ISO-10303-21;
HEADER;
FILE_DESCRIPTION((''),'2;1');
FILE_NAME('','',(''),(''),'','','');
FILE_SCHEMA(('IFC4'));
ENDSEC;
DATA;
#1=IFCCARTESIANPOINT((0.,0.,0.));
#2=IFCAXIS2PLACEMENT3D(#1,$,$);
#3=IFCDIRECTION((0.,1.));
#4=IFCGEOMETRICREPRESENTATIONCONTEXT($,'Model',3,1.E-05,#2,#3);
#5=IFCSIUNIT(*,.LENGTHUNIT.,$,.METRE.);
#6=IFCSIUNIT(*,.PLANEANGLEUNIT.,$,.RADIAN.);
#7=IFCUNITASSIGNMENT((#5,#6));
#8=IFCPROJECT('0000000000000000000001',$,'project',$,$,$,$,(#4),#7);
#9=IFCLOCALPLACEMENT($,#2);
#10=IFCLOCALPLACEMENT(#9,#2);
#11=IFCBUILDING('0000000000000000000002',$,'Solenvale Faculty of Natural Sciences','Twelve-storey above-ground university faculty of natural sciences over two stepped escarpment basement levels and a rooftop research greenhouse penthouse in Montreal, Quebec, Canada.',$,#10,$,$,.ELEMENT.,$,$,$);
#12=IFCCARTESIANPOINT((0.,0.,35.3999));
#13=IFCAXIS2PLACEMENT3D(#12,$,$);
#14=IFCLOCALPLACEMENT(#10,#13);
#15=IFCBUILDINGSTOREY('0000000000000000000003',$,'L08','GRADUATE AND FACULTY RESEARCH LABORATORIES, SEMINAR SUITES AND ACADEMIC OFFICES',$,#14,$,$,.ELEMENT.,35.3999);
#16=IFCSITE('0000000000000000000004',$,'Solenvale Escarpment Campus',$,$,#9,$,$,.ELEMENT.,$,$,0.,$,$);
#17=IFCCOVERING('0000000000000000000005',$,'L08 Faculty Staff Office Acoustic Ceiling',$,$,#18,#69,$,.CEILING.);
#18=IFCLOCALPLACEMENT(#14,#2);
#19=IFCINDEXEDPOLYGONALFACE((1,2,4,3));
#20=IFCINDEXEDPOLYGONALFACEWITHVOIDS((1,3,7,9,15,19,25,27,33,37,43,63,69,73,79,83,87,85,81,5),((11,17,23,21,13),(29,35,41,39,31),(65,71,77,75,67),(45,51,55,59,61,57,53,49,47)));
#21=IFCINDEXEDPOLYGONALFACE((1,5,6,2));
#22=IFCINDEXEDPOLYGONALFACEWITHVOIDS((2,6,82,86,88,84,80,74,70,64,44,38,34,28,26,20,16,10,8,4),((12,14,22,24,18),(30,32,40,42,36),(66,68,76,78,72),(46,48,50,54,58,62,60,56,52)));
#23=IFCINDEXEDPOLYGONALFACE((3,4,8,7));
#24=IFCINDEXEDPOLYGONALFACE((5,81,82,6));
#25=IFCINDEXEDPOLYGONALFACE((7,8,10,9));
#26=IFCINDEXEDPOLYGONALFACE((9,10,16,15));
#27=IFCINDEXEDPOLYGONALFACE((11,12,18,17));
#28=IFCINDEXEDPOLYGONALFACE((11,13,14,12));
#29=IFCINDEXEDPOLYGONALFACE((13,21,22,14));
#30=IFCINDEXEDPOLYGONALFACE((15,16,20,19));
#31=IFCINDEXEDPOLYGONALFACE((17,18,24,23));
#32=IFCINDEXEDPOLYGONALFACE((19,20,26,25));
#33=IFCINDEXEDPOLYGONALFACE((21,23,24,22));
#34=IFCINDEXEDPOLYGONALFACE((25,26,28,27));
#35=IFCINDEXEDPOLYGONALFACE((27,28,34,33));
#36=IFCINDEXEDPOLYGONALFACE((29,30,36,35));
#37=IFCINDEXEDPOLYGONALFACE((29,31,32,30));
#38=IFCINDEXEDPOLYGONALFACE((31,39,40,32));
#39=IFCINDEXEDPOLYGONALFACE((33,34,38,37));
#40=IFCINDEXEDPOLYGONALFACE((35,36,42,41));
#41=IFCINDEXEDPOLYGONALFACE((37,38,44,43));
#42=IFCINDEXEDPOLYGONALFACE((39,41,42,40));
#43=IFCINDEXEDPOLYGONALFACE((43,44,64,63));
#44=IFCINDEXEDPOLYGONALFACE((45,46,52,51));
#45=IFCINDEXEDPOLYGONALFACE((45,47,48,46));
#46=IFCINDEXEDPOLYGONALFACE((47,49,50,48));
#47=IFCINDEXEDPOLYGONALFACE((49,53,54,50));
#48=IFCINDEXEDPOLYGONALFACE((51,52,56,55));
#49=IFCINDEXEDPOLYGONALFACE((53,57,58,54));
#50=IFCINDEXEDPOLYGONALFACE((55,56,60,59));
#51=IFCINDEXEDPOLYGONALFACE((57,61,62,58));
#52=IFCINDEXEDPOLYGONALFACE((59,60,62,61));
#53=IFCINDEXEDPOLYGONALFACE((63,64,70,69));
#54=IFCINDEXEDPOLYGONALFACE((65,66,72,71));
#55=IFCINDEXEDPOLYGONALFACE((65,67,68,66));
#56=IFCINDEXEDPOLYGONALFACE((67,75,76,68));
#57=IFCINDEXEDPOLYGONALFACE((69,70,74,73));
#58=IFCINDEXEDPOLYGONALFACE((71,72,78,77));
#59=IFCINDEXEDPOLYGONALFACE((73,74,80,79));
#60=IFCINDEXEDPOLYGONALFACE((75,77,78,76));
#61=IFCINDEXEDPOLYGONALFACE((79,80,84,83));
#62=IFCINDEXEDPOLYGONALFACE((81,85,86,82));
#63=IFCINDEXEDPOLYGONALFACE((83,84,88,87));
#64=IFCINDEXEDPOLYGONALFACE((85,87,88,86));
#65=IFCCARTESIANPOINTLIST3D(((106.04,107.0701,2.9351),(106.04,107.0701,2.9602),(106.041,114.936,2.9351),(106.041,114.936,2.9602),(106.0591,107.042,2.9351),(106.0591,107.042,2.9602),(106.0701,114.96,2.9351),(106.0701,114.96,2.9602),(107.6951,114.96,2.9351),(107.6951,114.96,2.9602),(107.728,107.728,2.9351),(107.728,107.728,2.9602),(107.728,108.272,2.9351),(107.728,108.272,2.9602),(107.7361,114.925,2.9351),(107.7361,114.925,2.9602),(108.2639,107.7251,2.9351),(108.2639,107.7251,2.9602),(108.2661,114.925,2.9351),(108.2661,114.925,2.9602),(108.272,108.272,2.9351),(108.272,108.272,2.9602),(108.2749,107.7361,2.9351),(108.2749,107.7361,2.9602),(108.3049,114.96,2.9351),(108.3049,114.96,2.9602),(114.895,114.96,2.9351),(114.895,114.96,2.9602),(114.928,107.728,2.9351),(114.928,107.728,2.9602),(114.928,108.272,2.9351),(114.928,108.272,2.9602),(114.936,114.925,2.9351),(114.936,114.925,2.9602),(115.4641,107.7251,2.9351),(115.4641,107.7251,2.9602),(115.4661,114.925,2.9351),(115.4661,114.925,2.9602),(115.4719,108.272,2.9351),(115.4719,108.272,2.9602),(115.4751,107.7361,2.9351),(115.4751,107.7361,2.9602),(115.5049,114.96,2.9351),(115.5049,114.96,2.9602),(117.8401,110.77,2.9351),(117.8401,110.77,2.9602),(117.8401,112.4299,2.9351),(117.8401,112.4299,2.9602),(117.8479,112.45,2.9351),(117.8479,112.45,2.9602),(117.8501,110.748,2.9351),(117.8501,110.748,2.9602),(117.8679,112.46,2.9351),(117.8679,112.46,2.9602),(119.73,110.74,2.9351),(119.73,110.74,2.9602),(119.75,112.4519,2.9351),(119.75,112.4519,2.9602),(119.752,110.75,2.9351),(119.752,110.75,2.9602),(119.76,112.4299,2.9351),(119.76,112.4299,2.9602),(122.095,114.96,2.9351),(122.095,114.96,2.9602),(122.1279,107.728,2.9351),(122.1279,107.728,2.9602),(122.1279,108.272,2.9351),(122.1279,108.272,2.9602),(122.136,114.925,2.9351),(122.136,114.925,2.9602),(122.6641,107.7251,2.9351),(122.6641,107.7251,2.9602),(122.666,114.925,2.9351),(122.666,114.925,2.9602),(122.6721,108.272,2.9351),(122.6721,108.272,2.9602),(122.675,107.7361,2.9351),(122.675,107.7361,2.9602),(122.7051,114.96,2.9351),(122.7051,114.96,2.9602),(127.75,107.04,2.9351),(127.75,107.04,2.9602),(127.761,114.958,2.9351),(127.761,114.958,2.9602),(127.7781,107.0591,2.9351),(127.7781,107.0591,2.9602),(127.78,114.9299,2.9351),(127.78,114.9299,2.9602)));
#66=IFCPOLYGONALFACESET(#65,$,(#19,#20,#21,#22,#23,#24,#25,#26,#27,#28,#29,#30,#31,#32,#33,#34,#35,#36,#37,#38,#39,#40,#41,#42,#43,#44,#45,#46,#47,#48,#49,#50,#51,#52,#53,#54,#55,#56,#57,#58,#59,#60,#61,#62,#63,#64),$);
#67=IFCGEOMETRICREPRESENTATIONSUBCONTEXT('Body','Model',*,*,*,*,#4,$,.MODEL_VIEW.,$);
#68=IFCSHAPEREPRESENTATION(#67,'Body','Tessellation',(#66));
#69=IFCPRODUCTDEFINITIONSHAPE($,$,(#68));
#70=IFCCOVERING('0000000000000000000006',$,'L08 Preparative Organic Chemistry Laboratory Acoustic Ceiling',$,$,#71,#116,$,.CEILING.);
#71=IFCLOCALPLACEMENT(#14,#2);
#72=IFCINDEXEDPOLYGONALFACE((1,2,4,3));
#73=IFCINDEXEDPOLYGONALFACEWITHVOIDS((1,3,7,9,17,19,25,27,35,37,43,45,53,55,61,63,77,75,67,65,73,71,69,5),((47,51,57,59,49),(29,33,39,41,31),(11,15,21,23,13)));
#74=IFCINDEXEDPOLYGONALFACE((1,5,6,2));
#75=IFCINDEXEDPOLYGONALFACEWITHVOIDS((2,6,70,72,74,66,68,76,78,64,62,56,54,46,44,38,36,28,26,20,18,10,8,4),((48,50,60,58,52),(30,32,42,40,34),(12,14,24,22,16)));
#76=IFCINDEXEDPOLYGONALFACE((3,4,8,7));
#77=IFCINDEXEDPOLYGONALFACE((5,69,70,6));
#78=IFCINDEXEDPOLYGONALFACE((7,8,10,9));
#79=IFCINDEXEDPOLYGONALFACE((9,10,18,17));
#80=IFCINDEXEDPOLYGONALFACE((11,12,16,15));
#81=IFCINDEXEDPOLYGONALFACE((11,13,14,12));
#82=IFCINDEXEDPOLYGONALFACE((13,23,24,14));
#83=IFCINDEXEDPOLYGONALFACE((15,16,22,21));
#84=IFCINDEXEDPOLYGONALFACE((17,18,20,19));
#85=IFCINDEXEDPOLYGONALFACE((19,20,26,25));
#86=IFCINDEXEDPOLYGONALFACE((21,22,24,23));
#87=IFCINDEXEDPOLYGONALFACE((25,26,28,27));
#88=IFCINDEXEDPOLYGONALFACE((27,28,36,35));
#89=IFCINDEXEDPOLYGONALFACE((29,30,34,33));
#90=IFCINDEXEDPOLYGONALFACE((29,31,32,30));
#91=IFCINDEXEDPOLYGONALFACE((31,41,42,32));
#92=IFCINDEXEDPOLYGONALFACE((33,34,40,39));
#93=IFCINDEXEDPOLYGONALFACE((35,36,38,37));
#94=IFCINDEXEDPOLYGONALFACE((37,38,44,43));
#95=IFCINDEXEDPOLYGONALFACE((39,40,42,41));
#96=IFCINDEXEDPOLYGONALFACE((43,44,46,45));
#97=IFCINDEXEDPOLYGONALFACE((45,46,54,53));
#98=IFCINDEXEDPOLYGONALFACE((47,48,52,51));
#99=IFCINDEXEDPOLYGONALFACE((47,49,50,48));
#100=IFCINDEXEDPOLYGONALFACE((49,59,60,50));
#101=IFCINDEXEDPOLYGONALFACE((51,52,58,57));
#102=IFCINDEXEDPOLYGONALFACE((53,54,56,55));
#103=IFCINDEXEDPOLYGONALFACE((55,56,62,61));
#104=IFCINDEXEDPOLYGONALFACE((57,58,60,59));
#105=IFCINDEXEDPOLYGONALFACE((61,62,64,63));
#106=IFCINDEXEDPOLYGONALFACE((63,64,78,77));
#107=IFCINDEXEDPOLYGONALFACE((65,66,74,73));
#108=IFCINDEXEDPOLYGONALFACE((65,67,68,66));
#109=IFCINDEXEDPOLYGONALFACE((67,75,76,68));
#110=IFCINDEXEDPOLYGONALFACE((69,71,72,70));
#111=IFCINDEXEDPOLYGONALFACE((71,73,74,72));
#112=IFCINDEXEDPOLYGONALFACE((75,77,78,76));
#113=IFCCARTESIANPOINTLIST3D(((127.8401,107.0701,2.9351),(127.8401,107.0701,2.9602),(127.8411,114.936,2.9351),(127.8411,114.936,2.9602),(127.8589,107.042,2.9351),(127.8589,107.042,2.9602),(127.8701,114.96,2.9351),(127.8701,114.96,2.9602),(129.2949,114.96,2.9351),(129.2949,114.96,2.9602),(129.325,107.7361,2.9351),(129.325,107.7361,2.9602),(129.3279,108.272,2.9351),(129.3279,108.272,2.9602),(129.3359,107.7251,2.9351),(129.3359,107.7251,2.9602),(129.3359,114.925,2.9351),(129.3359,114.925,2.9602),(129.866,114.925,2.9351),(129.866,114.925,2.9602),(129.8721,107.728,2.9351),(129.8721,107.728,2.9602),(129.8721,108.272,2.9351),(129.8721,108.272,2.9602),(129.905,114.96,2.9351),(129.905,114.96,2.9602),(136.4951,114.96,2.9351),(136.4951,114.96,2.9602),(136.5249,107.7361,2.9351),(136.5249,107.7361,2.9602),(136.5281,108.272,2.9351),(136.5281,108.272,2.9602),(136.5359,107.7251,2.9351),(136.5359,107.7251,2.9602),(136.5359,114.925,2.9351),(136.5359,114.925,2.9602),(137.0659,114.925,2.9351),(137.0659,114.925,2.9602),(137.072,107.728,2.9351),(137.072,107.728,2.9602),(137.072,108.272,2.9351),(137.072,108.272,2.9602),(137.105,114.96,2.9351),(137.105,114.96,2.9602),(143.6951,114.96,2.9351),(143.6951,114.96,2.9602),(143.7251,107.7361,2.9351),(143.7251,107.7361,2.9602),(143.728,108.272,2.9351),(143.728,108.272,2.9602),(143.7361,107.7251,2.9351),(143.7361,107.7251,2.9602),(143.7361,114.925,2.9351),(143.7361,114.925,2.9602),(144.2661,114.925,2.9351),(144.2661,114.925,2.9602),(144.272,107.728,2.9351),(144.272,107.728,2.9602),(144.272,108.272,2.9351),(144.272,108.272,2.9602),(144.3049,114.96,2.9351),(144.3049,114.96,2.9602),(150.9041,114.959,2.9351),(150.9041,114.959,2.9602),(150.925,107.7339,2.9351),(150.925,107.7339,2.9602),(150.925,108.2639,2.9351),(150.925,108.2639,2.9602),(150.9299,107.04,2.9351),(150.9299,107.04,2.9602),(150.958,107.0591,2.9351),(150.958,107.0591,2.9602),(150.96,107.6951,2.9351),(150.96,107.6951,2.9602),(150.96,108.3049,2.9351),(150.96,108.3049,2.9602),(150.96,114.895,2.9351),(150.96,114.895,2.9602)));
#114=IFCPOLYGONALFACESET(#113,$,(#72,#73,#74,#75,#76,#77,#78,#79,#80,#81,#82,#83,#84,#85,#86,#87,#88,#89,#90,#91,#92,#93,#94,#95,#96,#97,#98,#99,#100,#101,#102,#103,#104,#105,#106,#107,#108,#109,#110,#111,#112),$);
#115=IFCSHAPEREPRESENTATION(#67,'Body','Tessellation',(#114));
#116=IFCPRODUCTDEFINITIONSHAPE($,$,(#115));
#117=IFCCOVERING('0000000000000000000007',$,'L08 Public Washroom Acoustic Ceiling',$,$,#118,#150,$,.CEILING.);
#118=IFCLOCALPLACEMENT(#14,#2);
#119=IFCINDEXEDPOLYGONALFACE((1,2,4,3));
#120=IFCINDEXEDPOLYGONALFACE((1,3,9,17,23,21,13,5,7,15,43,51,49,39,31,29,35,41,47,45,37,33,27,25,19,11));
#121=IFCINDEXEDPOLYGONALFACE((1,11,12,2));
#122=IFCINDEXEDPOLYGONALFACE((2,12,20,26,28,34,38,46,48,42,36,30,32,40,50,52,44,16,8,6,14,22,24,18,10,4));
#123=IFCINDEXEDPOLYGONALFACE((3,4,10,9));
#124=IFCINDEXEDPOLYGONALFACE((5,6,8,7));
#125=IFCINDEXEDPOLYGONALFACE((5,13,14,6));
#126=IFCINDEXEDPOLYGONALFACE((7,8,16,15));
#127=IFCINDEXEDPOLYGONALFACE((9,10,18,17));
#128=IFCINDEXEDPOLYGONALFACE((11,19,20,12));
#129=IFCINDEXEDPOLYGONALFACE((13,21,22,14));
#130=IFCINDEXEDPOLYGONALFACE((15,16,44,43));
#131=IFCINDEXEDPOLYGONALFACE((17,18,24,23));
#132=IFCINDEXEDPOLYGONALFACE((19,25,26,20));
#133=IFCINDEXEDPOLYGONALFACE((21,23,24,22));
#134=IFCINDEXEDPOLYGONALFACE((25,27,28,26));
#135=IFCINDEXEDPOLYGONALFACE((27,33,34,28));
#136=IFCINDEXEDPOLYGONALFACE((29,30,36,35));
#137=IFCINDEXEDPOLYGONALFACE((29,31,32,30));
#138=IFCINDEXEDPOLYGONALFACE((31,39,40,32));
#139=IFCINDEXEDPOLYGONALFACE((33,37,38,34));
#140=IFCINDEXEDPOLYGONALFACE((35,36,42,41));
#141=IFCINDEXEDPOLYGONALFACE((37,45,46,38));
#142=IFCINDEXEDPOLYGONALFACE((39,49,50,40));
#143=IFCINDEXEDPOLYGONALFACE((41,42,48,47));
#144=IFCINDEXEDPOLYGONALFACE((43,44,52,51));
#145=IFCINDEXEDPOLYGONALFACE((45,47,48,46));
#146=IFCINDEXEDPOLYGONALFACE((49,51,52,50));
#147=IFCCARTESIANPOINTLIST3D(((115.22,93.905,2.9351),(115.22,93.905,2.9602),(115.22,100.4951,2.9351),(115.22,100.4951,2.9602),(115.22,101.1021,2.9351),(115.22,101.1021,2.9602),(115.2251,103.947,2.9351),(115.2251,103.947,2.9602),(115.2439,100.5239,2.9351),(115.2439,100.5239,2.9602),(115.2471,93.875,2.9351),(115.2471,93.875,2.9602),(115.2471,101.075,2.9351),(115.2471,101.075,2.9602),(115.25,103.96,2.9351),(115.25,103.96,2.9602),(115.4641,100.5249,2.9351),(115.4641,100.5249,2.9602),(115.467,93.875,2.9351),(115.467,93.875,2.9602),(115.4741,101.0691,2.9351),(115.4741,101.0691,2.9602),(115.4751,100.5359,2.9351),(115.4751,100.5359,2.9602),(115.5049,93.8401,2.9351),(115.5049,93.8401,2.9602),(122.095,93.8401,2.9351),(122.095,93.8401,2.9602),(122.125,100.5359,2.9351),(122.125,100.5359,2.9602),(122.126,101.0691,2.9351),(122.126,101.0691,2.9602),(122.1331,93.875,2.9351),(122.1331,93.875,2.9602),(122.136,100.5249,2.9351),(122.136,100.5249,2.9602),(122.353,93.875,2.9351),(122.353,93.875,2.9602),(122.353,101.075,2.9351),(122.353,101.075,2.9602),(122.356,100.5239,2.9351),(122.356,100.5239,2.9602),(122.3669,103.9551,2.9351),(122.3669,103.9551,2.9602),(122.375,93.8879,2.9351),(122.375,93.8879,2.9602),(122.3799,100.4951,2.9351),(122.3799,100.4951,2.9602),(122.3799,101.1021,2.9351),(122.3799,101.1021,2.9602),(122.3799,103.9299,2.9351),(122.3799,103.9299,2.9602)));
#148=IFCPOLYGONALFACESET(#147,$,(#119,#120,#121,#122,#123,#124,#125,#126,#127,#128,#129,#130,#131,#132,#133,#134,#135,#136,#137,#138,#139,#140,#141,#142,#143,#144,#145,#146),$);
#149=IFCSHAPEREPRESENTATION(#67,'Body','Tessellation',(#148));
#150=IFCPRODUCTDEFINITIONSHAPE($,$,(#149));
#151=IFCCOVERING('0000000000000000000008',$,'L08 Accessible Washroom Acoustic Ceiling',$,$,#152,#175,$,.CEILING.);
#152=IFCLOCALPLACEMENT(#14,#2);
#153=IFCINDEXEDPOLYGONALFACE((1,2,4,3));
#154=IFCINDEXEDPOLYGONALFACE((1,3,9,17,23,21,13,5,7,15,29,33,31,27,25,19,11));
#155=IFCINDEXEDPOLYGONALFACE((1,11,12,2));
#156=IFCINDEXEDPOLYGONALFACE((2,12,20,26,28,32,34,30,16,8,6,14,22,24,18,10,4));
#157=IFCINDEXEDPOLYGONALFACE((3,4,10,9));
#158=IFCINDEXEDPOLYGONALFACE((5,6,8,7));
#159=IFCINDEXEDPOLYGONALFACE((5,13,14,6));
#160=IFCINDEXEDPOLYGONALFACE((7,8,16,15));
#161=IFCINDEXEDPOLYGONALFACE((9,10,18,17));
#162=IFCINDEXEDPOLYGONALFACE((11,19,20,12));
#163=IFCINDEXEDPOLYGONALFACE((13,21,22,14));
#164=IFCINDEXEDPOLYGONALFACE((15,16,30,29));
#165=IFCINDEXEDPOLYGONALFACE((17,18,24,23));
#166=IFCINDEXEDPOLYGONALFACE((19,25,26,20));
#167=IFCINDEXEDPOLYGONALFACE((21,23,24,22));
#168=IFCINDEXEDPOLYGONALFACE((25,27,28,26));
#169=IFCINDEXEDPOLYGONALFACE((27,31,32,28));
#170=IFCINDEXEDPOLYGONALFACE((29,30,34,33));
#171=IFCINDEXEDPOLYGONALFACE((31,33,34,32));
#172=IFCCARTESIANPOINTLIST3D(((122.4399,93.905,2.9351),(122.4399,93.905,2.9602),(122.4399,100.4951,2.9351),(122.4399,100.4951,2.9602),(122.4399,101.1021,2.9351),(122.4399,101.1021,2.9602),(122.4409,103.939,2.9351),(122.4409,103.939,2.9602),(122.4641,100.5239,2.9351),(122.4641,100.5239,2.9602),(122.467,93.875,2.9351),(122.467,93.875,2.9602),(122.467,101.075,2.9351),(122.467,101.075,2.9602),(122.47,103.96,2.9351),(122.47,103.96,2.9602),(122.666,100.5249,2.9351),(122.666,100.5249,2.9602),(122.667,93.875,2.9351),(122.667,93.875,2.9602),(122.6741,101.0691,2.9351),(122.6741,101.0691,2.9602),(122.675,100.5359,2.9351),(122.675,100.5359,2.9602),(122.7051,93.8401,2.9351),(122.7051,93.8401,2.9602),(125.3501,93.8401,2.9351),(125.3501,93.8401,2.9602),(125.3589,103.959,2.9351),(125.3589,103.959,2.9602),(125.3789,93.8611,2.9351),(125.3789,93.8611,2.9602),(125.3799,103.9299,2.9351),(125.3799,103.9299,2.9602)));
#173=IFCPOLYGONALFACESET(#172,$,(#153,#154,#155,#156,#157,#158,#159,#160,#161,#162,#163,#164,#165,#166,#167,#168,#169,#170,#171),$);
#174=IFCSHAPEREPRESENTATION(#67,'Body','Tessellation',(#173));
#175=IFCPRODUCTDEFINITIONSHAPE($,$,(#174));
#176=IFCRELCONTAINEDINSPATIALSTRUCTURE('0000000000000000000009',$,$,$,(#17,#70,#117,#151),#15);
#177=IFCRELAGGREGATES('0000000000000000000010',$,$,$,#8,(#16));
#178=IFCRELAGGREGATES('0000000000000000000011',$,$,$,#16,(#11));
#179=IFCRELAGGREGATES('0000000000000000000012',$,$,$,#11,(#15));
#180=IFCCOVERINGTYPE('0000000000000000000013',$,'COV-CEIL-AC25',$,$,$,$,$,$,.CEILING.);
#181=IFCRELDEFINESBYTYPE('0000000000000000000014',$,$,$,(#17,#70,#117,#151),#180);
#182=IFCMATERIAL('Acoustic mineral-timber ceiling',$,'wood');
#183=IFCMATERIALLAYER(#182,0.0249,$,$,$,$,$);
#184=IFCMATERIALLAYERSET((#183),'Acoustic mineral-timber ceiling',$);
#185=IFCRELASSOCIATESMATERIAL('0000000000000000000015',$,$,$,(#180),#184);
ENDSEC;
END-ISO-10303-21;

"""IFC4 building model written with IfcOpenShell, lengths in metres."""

from ifc_helpers import new_model, si_unit, direction, frame, origin, place, context, subcontext, project, spatial, polyline, outline, extrude, material, layer, layer_set, type_object, element, save


model = new_model("IFC4")

# Units and contexts
model_context = context("Model", 3, precision=1e-05, world=origin(), true_north=direction((0.0, 1.0)))
body_context = subcontext(model_context, "Body", "Model", "MODEL_VIEW")
ifc_project = project(units=[si_unit("LENGTHUNIT", "METRE"), si_unit("PLANEANGLEUNIT", "RADIAN")], contexts=[model_context])

# Site, building, storey
site_placement = place(None, origin())
site = spatial("IfcSite", under=ifc_project, at=site_placement, Name="Solenvale Escarpment Campus", CompositionType="ELEMENT", RefElevation=0.0)
building_placement = place(site_placement, origin())
building = spatial("IfcBuilding", under=site, at=building_placement, Name="Solenvale Faculty of Natural Sciences", Description="Twelve-storey above-ground university faculty of natural sciences over two stepped escarpment basement levels and a rooftop research greenhouse penthouse in Montreal, Quebec, Canada.", CompositionType="ELEMENT")
storey_placement = place(building_placement, frame((0.0, 0.0, 35.3999)))
storey = spatial("IfcBuildingStorey", under=building, at=storey_placement, Name="L08", Description="GRADUATE AND FACULTY RESEARCH LABORATORIES, SEMINAR SUITES AND ACADEMIC OFFICES", CompositionType="ELEMENT", Elevation=35.3999)

# Coverings
ifc_material_1 = material(Name="Acoustic mineral-timber ceiling", Category="wood")
ifc_layer_1 = layer(ifc_material_1, 0.0249)
ifc_layer_set_1 = layer_set([ifc_layer_1], Name="Acoustic mineral-timber ceiling")
covering_type_1 = type_object("IfcCoveringType", Name="COV-CEIL-AC25", PredefinedType="CEILING", material=ifc_layer_set_1)
covering_1_placement = place(storey_placement, frame((0.0, 0.0, 2.9351)))
element("IfcCovering", 1, at=covering_1_placement, inside=storey, type_object=covering_type_1, Name="L08 Faculty Staff Office Acoustic Ceiling", PredefinedType="CEILING", context=body_context, shape_type="SweptSolid", body=[
    extrude(outline(polyline([(107.6951, 114.96), (107.7361, 114.925), (108.2661, 114.925), (108.3049, 114.96), (114.895, 114.96), (114.936, 114.925), (115.4661, 114.925), (115.5049, 114.96), (122.095, 114.96), (122.136, 114.925), (122.666, 114.925), (122.7051, 114.96), (127.761, 114.958), (127.78, 114.9299), (127.7781, 107.0591), (127.75, 107.04), (106.0591, 107.042), (106.04, 107.0701), (106.041, 114.936), (106.0701, 114.96), (107.6951, 114.96)]), holes=[polyline([(122.6641, 107.7251), (122.675, 107.7361), (122.6721, 108.272), (122.1279, 108.272), (122.1279, 107.728), (122.6641, 107.7251)]), polyline([(117.8679, 112.46), (117.8479, 112.45), (117.8401, 112.4299), (117.8401, 110.77), (117.8501, 110.748), (119.73, 110.74), (119.752, 110.75), (119.76, 112.4299), (119.75, 112.4519), (117.8679, 112.46)]), polyline([(115.4641, 107.7251), (115.4751, 107.7361), (115.4719, 108.272), (114.928, 108.272), (114.928, 107.728), (115.4641, 107.7251)]), polyline([(108.2639, 107.7251), (108.2749, 107.7361), (108.272, 108.272), (107.728, 108.272), (107.728, 107.728), (108.2639, 107.7251)])]), origin(), (0.0, 0.0, 1.0), 0.0251),
])
covering_2_placement = place(storey_placement, frame((0.0, 0.0, 2.9351)))
element("IfcCovering", 2, at=covering_2_placement, inside=storey, type_object=covering_type_1, Name="L08 Preparative Organic Chemistry Laboratory Acoustic Ceiling", PredefinedType="CEILING", context=body_context, shape_type="SweptSolid", body=[
    extrude(outline(polyline([(129.2949, 114.96), (129.3359, 114.925), (129.866, 114.925), (129.905, 114.96), (136.4951, 114.96), (136.5359, 114.925), (137.0659, 114.925), (137.105, 114.96), (143.6951, 114.96), (143.7361, 114.925), (144.2661, 114.925), (144.3049, 114.96), (150.9041, 114.959), (150.96, 114.895), (150.96, 108.3049), (150.925, 108.2639), (150.925, 107.7339), (150.96, 107.6951), (150.958, 107.0591), (150.9299, 107.04), (127.8589, 107.042), (127.8401, 107.0701), (127.8411, 114.936), (127.8701, 114.96), (129.2949, 114.96)]), holes=[polyline([(143.7251, 107.7361), (143.7361, 107.7251), (144.272, 107.728), (144.272, 108.272), (143.728, 108.272), (143.7251, 107.7361)]), polyline([(136.5249, 107.7361), (136.5359, 107.7251), (137.072, 107.728), (137.072, 108.272), (136.5281, 108.272), (136.5249, 107.7361)]), polyline([(129.325, 107.7361), (129.3359, 107.7251), (129.8721, 107.728), (129.8721, 108.272), (129.3279, 108.272), (129.325, 107.7361)])]), origin(), (0.0, 0.0, 1.0), 0.0251),
])
covering_3_placement = place(storey_placement, frame((0.0, 0.0, 2.9351)))
element("IfcCovering", 3, at=covering_3_placement, inside=storey, type_object=covering_type_1, Name="L08 Public Washroom Acoustic Ceiling", PredefinedType="CEILING", context=body_context, shape_type="SweptSolid", body=[
    extrude(outline(polyline([(115.5049, 93.8401), (115.467, 93.875), (115.2471, 93.875), (115.22, 93.905), (115.22, 100.4951), (115.2439, 100.5239), (115.4641, 100.5249), (115.4751, 100.5359), (115.4741, 101.0691), (115.2471, 101.075), (115.22, 101.1021), (115.2251, 103.947), (115.25, 103.96), (122.3669, 103.9551), (122.3799, 103.9299), (122.3799, 101.1021), (122.353, 101.075), (122.126, 101.0691), (122.125, 100.5359), (122.136, 100.5249), (122.356, 100.5239), (122.3799, 100.4951), (122.375, 93.8879), (122.353, 93.875), (122.1331, 93.875), (122.095, 93.8401), (115.5049, 93.8401)])), origin(), (0.0, 0.0, 1.0), 0.0251),
])
covering_4_placement = place(storey_placement, frame((0.0, 0.0, 2.9351)))
element("IfcCovering", 4, at=covering_4_placement, inside=storey, type_object=covering_type_1, Name="L08 Accessible Washroom Acoustic Ceiling", PredefinedType="CEILING", context=body_context, shape_type="SweptSolid", body=[
    extrude(outline(polyline([(122.7051, 93.8401), (122.667, 93.875), (122.467, 93.875), (122.4399, 93.905), (122.4399, 100.4951), (122.4641, 100.5239), (122.666, 100.5249), (122.675, 100.5359), (122.6741, 101.0691), (122.467, 101.075), (122.4399, 101.1021), (122.4409, 103.939), (122.47, 103.96), (125.3589, 103.959), (125.3799, 103.9299), (125.3789, 93.8611), (125.3501, 93.8401), (122.7051, 93.8401)])), origin(), (0.0, 0.0, 1.0), 0.0251),
])

save(model, "model.ifc")
